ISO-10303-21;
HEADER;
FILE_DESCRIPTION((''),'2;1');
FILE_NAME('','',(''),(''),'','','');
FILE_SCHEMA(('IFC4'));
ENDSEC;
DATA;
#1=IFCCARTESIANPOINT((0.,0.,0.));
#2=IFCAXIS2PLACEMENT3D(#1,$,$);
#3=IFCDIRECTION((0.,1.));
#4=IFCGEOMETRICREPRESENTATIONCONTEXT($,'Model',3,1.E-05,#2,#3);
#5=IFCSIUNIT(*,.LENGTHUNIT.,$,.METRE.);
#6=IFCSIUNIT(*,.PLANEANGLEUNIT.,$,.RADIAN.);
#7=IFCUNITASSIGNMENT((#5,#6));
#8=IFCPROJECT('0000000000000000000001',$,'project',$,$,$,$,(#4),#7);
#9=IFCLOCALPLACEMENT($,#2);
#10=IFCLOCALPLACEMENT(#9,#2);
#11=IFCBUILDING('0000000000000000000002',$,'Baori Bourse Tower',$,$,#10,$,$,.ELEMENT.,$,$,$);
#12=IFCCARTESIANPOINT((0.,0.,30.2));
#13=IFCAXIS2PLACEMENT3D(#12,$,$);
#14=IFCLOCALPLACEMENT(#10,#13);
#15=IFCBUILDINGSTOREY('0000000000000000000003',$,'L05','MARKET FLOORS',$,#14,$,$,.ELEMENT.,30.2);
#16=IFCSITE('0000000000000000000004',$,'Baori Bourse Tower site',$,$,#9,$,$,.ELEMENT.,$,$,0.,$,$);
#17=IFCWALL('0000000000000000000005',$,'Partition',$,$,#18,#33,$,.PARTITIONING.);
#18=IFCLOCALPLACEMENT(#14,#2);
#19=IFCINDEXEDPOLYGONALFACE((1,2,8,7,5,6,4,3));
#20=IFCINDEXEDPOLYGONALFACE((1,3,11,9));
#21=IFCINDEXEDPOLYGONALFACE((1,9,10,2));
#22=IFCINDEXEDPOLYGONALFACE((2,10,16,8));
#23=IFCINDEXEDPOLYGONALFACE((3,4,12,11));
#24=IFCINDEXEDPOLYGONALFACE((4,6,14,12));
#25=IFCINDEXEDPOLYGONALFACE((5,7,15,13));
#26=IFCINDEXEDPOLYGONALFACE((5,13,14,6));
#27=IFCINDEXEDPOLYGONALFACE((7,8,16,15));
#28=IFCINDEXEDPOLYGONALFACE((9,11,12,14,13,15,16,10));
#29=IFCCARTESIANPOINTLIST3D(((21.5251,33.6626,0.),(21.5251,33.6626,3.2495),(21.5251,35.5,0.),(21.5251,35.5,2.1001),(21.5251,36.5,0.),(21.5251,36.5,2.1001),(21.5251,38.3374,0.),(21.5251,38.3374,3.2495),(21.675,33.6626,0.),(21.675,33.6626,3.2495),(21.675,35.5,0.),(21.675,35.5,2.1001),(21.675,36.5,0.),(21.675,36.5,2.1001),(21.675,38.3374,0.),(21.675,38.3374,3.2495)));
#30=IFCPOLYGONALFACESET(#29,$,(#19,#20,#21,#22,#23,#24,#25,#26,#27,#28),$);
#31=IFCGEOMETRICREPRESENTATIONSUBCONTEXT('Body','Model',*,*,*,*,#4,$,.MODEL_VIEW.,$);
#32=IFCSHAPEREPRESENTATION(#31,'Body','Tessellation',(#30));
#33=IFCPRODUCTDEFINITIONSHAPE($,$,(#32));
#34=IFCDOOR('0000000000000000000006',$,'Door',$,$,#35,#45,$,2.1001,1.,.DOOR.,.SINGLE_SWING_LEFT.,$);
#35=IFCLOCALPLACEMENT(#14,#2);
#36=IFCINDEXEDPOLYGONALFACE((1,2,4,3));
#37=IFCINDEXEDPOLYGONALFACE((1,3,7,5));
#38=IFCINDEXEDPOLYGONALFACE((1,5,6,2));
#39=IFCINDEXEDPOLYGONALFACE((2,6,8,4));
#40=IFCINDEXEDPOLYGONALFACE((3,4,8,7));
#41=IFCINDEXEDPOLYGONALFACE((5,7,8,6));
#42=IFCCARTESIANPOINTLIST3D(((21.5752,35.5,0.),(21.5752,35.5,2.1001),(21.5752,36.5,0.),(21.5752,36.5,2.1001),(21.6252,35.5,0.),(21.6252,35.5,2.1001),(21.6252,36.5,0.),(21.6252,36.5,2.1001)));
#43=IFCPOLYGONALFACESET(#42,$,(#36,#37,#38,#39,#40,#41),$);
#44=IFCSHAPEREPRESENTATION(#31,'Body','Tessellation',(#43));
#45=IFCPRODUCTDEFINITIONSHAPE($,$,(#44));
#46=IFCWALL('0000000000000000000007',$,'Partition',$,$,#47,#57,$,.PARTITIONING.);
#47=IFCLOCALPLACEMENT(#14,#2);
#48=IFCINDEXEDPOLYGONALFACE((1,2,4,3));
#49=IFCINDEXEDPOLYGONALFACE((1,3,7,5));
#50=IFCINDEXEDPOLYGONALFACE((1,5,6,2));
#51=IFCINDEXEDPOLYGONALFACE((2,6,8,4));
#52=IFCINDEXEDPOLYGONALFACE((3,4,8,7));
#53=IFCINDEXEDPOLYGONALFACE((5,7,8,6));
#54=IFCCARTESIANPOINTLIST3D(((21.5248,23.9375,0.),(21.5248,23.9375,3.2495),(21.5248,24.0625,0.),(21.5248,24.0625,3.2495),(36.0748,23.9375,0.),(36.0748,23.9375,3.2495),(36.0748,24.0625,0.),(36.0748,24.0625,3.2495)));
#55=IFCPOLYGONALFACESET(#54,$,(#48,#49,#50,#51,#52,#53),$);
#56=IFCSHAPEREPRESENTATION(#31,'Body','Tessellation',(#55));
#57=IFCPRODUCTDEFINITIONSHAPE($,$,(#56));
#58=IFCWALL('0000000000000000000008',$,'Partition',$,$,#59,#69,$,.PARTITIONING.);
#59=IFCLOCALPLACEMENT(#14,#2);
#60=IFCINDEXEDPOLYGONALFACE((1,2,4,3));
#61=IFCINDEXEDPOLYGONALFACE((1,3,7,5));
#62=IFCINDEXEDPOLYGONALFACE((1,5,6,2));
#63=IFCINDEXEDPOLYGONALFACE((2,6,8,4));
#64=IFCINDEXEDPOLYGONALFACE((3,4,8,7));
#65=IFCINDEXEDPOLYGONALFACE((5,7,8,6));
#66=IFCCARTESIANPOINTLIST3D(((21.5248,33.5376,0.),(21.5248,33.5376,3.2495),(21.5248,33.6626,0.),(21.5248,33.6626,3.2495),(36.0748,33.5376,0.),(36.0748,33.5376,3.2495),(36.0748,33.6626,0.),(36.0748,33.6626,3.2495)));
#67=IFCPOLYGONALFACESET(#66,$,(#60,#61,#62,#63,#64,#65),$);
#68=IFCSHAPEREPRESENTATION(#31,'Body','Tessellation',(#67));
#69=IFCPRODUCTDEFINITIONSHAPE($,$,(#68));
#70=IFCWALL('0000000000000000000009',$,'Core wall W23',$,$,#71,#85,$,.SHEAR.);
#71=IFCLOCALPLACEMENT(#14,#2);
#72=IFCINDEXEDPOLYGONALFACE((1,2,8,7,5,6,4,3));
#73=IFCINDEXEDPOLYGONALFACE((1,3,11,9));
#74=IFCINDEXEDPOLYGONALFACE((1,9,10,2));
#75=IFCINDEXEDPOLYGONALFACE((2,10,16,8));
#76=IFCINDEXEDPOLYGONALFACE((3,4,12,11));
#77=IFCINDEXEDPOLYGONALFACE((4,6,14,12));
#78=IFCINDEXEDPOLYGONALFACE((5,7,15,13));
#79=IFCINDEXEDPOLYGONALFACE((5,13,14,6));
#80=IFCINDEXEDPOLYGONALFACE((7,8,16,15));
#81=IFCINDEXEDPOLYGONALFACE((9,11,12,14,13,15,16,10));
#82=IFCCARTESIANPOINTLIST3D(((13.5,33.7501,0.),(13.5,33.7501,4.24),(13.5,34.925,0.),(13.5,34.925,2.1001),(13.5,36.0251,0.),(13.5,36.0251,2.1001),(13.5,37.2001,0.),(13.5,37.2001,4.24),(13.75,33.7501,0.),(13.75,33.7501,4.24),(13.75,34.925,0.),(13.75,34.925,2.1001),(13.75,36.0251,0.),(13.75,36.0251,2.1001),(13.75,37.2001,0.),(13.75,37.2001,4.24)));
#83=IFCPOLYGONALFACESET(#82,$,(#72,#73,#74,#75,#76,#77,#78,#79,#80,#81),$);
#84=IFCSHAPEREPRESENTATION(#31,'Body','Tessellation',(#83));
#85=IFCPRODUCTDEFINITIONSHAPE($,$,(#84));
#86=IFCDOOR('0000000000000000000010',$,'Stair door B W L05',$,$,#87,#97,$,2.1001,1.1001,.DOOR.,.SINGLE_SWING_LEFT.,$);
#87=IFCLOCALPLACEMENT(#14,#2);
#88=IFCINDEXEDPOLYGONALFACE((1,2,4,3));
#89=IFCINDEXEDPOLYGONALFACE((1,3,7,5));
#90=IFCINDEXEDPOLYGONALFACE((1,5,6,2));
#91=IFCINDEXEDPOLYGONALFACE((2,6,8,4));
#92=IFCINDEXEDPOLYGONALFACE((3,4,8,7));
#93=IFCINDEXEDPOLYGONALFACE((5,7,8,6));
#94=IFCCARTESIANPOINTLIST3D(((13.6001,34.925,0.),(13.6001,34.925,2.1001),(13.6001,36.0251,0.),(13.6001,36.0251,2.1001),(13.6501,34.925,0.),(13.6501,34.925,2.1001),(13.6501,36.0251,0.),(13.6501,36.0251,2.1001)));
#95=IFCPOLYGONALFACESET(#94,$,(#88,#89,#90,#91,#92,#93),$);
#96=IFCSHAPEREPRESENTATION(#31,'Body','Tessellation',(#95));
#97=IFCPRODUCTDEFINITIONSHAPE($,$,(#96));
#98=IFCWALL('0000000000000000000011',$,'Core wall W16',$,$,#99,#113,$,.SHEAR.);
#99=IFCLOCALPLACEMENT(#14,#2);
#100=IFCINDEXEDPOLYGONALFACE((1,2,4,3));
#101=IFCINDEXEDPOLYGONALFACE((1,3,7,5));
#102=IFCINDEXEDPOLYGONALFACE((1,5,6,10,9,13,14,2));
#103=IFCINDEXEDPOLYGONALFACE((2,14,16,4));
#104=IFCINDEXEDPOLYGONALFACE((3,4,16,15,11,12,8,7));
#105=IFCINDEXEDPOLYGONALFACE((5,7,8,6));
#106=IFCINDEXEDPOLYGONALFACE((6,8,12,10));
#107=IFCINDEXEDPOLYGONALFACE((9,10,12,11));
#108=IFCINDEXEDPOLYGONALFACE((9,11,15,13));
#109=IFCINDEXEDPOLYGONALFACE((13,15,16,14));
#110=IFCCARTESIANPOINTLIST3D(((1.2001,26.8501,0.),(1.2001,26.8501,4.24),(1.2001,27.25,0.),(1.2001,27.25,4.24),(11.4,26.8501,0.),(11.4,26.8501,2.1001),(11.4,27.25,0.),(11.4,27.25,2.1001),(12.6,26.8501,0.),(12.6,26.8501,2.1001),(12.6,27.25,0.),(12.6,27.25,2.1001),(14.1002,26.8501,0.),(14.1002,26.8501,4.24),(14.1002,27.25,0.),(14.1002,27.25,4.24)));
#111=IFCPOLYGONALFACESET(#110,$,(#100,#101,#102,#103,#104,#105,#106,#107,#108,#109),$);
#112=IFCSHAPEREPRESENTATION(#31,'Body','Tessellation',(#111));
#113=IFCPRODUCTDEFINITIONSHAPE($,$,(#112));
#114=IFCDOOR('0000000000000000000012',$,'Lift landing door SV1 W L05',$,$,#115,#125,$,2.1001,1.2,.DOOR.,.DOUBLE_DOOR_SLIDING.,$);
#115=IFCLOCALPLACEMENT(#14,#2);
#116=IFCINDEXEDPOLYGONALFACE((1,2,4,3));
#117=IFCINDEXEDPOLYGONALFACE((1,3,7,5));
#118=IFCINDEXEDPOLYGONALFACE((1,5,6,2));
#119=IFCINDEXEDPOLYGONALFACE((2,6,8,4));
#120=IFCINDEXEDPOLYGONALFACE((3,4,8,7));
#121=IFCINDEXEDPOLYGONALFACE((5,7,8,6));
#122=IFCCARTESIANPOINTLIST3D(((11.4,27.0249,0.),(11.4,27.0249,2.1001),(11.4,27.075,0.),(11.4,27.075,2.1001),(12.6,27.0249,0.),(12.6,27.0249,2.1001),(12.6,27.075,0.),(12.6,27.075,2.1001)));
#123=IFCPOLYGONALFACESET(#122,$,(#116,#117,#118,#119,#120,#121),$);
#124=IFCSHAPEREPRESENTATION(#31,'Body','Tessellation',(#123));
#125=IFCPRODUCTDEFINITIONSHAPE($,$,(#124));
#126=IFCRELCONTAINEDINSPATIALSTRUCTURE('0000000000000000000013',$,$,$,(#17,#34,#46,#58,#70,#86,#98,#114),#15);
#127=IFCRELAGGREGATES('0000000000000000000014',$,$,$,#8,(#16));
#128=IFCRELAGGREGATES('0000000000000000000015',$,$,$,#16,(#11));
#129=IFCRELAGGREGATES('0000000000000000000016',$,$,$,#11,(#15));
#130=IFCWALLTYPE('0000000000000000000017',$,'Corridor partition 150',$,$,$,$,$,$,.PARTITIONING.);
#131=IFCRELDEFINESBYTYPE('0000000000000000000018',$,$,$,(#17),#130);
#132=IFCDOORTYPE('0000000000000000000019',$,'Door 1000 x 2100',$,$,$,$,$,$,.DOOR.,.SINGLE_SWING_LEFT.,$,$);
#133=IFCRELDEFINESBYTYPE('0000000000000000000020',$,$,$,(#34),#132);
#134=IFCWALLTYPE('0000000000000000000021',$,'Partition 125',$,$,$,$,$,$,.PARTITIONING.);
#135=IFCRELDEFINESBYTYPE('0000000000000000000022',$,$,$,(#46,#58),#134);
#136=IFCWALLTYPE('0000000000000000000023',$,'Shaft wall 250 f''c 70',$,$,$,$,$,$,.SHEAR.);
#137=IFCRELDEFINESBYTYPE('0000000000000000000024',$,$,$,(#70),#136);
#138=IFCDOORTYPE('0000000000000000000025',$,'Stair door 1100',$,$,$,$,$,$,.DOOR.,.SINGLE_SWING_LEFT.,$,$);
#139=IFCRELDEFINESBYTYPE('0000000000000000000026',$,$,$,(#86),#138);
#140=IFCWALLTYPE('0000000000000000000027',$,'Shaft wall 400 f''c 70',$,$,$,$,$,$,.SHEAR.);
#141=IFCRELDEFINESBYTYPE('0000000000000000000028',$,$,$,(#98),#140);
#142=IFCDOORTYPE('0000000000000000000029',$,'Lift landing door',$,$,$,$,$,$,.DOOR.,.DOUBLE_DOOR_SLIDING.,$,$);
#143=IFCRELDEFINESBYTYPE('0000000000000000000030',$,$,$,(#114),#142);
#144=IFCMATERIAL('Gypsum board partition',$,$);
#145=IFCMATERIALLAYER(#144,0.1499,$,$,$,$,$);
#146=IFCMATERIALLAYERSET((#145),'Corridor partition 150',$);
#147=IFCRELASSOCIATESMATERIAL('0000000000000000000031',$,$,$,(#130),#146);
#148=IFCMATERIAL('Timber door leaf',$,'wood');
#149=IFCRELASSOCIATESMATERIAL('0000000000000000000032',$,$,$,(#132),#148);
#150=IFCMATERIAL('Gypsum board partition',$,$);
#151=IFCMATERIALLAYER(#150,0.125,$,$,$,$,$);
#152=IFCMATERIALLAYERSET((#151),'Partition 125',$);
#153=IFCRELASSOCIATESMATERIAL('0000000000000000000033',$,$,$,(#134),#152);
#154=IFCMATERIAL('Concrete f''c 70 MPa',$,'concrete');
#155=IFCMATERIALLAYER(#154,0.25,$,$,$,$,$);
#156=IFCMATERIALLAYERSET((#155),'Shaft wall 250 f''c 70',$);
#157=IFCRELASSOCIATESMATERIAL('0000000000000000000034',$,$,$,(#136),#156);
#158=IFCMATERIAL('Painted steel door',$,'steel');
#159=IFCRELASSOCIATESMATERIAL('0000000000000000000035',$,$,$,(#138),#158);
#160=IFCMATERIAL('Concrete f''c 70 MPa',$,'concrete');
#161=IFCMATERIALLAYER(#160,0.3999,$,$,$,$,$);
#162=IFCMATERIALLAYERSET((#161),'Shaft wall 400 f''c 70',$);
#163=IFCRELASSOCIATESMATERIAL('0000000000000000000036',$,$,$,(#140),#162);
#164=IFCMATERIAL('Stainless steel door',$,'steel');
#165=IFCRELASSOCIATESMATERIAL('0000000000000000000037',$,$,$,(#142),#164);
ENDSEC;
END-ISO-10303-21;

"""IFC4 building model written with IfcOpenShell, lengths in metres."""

from ifc_helpers import new_model, si_unit, direction, frame, frame_2d, origin, place, context, subcontext, project, spatial, rectangle, extrude, material, layer, layer_set, type_object, element, fill, save


model = new_model("IFC4")

# Units and contexts
model_context = context("Model", 3, precision=1e-05, world=origin(), true_north=direction((0.0, 1.0)))
body_context = subcontext(model_context, "Body", "Model", "MODEL_VIEW")
ifc_project = project(units=[si_unit("LENGTHUNIT", "METRE"), si_unit("PLANEANGLEUNIT", "RADIAN")], contexts=[model_context])

# Site, building, storey
site_placement = place(None, origin())
site = spatial("IfcSite", under=ifc_project, at=site_placement, Name="Baori Bourse Tower site", CompositionType="ELEMENT", RefElevation=0.0)
building_placement = place(site_placement, origin())
building = spatial("IfcBuilding", under=site, at=building_placement, Name="Baori Bourse Tower", CompositionType="ELEMENT")
storey_placement = place(building_placement, frame((0.0, 0.0, 30.2)))
storey = spatial("IfcBuildingStorey", under=building, at=storey_placement, Name="L05", Description="MARKET FLOORS", CompositionType="ELEMENT", Elevation=30.2)

# Wall, opening, door
ifc_material_1 = material(Name="Gypsum board partition")
ifc_layer_1 = layer(ifc_material_1, 0.1499)
ifc_layer_set_1 = layer_set([ifc_layer_1], Name="Corridor partition 150")
wall_type_1 = type_object("IfcWallType", Name="Corridor partition 150", PredefinedType="PARTITIONING", material=ifc_layer_set_1)
ifc_material_2 = material(Name="Timber door leaf", Category="wood")
door_type_1 = type_object("IfcDoorType", Name="Door 1000 x 2100", OperationType="SINGLE_SWING_LEFT", PredefinedType="DOOR", material=ifc_material_2)
wall_1_placement = place(storey_placement, frame((21.6001, 33.6626, 0.0), z_axis=(0.0, 0.0, 1.0), x_axis=(0.0, 1.0, 0.0)))
wall_1 = element("IfcWall", 1, at=wall_1_placement, inside=storey, type_object=wall_type_1, Name="Partition", PredefinedType="PARTITIONING", context=body_context, shape_type="SweptSolid", body=[
    extrude(rectangle(XDim=4.6748, YDim=0.1499, at=frame_2d((2.3374, 0.0))), origin(), (0.0, 0.0, 1.0), 3.2495),
])
opening_1_placement = place(wall_1_placement, frame((1.8374, 0.0, 0.0)))
opening_1 = element("IfcOpeningElement", 2, at=opening_1_placement, cuts=wall_1, PredefinedType="OPENING", context=body_context, shape_type="SweptSolid", body=[
    extrude(rectangle(XDim=1.0, YDim=2.1001, at=frame_2d((0.5, 1.05))), frame((0.0, 0.085, 0.0), z_axis=(0.0, -1.0, 0.0), x_axis=(1.0, 0.0, 0.0)), (0.0, 0.0, 1.0), 0.1699),
])
door_1_placement = place(opening_1_placement, origin())
door_1 = element("IfcDoor", 3, at=door_1_placement, inside=storey, type_object=door_type_1, Name="Door", OperationType="SINGLE_SWING_LEFT", OverallHeight=2.1001, OverallWidth=1.0, PredefinedType="DOOR", context=body_context, shape_type="SweptSolid", body=[
    extrude(rectangle(XDim=1.0, YDim=2.1001, at=frame_2d((0.5, 1.05))), frame((0.0, 0.0249, 0.0), z_axis=(0.0, -1.0, 0.0), x_axis=(1.0, 0.0, 0.0)), (0.0, 0.0, 1.0), 0.05),
])
fill(opening_1, door_1)

# Walls
ifc_material_3 = material(Name="Gypsum board partition")
ifc_layer_2 = layer(ifc_material_3, 0.125)
ifc_layer_set_2 = layer_set([ifc_layer_2], Name="Partition 125")
wall_type_2 = type_object("IfcWallType", Name="Partition 125", PredefinedType="PARTITIONING", material=ifc_layer_set_2)
for number, where, z_axis, x_axis, name in (
    (4, (21.5249, 24.0, 0.0), (0.0, 0.0, 1.0), (1.0, 0.0, 0.0), "Partition"),
    (5, (21.5249, 33.6001, 0.0), (0.0, 0.0, 1.0), (1.0, 0.0, 0.0), "Partition"),
):
    element("IfcWall", number, at=place(storey_placement, frame(where, z_axis=z_axis, x_axis=x_axis)), inside=storey, type_object=wall_type_2, Name=name, PredefinedType="PARTITIONING", context=body_context, shape_type="SweptSolid", body=[
        extrude(rectangle(XDim=14.55, YDim=0.125, at=frame_2d((7.2749, 0.0))), origin(), (0.0, 0.0, 1.0), 3.2495),
    ])

# Walls, openings, doors
ifc_material_4 = material(Name="Concrete f'c 70 MPa", Category="concrete")
ifc_layer_3 = layer(ifc_material_4, 0.25)
ifc_layer_set_3 = layer_set([ifc_layer_3], Name="Shaft wall 250 f'c 70")
wall_type_3 = type_object("IfcWallType", Name="Shaft wall 250 f'c 70", PredefinedType="SHEAR", material=ifc_layer_set_3)
wall_2_placement = place(storey_placement, frame((13.625, 33.75, 0.0), z_axis=(0.0, 0.0, 1.0), x_axis=(0.0, 1.0, 0.0)))
wall_2 = element("IfcWall", 6, at=wall_2_placement, inside=storey, type_object=wall_type_3, Name="Core wall W23", PredefinedType="SHEAR", context=body_context, shape_type="SweptSolid", body=[
    extrude(rectangle(XDim=3.45, YDim=0.25, at=frame_2d((1.7251, 0.0))), origin(), (0.0, 0.0, 1.0), 4.24),
])
opening_2_placement = place(wall_2_placement, frame((1.175, 0.0, 0.0)))
opening_2 = element("IfcOpeningElement", 7, at=opening_2_placement, cuts=wall_2, PredefinedType="OPENING", context=body_context, shape_type="SweptSolid", body=[
    extrude(rectangle(XDim=1.1001, YDim=2.1001, at=frame_2d((0.55, 1.05))), frame((0.0, 0.135, 0.0), z_axis=(0.0, -1.0, 0.0), x_axis=(1.0, 0.0, 0.0)), (0.0, 0.0, 1.0), 0.27),
])
ifc_material_5 = material(Name="Painted steel door", Category="steel")
door_type_2 = type_object("IfcDoorType", Name="Stair door 1100", OperationType="SINGLE_SWING_LEFT", PredefinedType="DOOR", material=ifc_material_5)
door_2_placement = place(opening_2_placement, origin())
door_2 = element("IfcDoor", 8, at=door_2_placement, inside=storey, type_object=door_type_2, Name="Stair door B W L05", OperationType="SINGLE_SWING_LEFT", OverallHeight=2.1001, OverallWidth=1.1001, PredefinedType="DOOR", context=body_context, shape_type="SweptSolid", body=[
    extrude(rectangle(XDim=1.1001, YDim=2.1001, at=frame_2d((0.55, 1.05))), frame((0.0, 0.0249, 0.0), z_axis=(0.0, -1.0, 0.0), x_axis=(1.0, 0.0, 0.0)), (0.0, 0.0, 1.0), 0.05),
])
fill(opening_2, door_2)
ifc_material_6 = material(Name="Concrete f'c 70 MPa", Category="concrete")
ifc_layer_4 = layer(ifc_material_6, 0.3999)
ifc_layer_set_4 = layer_set([ifc_layer_4], Name="Shaft wall 400 f'c 70")
wall_type_4 = type_object("IfcWallType", Name="Shaft wall 400 f'c 70", PredefinedType="SHEAR", material=ifc_layer_set_4)
wall_3_placement = place(storey_placement, frame((1.2, 27.05, 0.0), z_axis=(0.0, 0.0, 1.0), x_axis=(1.0, 0.0, 0.0)))
wall_3 = element("IfcWall", 9, at=wall_3_placement, inside=storey, type_object=wall_type_4, Name="Core wall W16", PredefinedType="SHEAR", context=body_context, shape_type="SweptSolid", body=[
    extrude(rectangle(XDim=12.9001, YDim=0.3999, at=frame_2d((6.4502, 0.0))), origin(), (0.0, 0.0, 1.0), 4.24),
])
opening_3_placement = place(wall_3_placement, frame((10.2, 0.0, 0.0)))
opening_3 = element("IfcOpeningElement", 10, at=opening_3_placement, cuts=wall_3, PredefinedType="OPENING", context=body_context, shape_type="SweptSolid", body=[
    extrude(rectangle(XDim=1.2, YDim=2.1001, at=frame_2d((0.6001, 1.05))), frame((0.0, 0.21, 0.0), z_axis=(0.0, -1.0, 0.0), x_axis=(1.0, 0.0, 0.0)), (0.0, 0.0, 1.0), 0.4199),
])
ifc_material_7 = material(Name="Stainless steel door", Category="steel")
door_type_3 = type_object("IfcDoorType", Name="Lift landing door", OperationType="DOUBLE_DOOR_SLIDING", PredefinedType="DOOR", material=ifc_material_7)
door_3_placement = place(opening_3_placement, origin())
door_3 = element("IfcDoor", 11, at=door_3_placement, inside=storey, type_object=door_type_3, Name="Lift landing door SV1 W L05", OperationType="DOUBLE_DOOR_SLIDING", OverallHeight=2.1001, OverallWidth=1.2, PredefinedType="DOOR", context=body_context, shape_type="SweptSolid", body=[
    extrude(rectangle(XDim=1.2, YDim=2.1001, at=frame_2d((0.6001, 1.05))), frame((0.0, 0.0249, 0.0), z_axis=(0.0, -1.0, 0.0), x_axis=(1.0, 0.0, 0.0)), (0.0, 0.0, 1.0), 0.05),
])
fill(opening_3, door_3)

save(model, "model.ifc")
